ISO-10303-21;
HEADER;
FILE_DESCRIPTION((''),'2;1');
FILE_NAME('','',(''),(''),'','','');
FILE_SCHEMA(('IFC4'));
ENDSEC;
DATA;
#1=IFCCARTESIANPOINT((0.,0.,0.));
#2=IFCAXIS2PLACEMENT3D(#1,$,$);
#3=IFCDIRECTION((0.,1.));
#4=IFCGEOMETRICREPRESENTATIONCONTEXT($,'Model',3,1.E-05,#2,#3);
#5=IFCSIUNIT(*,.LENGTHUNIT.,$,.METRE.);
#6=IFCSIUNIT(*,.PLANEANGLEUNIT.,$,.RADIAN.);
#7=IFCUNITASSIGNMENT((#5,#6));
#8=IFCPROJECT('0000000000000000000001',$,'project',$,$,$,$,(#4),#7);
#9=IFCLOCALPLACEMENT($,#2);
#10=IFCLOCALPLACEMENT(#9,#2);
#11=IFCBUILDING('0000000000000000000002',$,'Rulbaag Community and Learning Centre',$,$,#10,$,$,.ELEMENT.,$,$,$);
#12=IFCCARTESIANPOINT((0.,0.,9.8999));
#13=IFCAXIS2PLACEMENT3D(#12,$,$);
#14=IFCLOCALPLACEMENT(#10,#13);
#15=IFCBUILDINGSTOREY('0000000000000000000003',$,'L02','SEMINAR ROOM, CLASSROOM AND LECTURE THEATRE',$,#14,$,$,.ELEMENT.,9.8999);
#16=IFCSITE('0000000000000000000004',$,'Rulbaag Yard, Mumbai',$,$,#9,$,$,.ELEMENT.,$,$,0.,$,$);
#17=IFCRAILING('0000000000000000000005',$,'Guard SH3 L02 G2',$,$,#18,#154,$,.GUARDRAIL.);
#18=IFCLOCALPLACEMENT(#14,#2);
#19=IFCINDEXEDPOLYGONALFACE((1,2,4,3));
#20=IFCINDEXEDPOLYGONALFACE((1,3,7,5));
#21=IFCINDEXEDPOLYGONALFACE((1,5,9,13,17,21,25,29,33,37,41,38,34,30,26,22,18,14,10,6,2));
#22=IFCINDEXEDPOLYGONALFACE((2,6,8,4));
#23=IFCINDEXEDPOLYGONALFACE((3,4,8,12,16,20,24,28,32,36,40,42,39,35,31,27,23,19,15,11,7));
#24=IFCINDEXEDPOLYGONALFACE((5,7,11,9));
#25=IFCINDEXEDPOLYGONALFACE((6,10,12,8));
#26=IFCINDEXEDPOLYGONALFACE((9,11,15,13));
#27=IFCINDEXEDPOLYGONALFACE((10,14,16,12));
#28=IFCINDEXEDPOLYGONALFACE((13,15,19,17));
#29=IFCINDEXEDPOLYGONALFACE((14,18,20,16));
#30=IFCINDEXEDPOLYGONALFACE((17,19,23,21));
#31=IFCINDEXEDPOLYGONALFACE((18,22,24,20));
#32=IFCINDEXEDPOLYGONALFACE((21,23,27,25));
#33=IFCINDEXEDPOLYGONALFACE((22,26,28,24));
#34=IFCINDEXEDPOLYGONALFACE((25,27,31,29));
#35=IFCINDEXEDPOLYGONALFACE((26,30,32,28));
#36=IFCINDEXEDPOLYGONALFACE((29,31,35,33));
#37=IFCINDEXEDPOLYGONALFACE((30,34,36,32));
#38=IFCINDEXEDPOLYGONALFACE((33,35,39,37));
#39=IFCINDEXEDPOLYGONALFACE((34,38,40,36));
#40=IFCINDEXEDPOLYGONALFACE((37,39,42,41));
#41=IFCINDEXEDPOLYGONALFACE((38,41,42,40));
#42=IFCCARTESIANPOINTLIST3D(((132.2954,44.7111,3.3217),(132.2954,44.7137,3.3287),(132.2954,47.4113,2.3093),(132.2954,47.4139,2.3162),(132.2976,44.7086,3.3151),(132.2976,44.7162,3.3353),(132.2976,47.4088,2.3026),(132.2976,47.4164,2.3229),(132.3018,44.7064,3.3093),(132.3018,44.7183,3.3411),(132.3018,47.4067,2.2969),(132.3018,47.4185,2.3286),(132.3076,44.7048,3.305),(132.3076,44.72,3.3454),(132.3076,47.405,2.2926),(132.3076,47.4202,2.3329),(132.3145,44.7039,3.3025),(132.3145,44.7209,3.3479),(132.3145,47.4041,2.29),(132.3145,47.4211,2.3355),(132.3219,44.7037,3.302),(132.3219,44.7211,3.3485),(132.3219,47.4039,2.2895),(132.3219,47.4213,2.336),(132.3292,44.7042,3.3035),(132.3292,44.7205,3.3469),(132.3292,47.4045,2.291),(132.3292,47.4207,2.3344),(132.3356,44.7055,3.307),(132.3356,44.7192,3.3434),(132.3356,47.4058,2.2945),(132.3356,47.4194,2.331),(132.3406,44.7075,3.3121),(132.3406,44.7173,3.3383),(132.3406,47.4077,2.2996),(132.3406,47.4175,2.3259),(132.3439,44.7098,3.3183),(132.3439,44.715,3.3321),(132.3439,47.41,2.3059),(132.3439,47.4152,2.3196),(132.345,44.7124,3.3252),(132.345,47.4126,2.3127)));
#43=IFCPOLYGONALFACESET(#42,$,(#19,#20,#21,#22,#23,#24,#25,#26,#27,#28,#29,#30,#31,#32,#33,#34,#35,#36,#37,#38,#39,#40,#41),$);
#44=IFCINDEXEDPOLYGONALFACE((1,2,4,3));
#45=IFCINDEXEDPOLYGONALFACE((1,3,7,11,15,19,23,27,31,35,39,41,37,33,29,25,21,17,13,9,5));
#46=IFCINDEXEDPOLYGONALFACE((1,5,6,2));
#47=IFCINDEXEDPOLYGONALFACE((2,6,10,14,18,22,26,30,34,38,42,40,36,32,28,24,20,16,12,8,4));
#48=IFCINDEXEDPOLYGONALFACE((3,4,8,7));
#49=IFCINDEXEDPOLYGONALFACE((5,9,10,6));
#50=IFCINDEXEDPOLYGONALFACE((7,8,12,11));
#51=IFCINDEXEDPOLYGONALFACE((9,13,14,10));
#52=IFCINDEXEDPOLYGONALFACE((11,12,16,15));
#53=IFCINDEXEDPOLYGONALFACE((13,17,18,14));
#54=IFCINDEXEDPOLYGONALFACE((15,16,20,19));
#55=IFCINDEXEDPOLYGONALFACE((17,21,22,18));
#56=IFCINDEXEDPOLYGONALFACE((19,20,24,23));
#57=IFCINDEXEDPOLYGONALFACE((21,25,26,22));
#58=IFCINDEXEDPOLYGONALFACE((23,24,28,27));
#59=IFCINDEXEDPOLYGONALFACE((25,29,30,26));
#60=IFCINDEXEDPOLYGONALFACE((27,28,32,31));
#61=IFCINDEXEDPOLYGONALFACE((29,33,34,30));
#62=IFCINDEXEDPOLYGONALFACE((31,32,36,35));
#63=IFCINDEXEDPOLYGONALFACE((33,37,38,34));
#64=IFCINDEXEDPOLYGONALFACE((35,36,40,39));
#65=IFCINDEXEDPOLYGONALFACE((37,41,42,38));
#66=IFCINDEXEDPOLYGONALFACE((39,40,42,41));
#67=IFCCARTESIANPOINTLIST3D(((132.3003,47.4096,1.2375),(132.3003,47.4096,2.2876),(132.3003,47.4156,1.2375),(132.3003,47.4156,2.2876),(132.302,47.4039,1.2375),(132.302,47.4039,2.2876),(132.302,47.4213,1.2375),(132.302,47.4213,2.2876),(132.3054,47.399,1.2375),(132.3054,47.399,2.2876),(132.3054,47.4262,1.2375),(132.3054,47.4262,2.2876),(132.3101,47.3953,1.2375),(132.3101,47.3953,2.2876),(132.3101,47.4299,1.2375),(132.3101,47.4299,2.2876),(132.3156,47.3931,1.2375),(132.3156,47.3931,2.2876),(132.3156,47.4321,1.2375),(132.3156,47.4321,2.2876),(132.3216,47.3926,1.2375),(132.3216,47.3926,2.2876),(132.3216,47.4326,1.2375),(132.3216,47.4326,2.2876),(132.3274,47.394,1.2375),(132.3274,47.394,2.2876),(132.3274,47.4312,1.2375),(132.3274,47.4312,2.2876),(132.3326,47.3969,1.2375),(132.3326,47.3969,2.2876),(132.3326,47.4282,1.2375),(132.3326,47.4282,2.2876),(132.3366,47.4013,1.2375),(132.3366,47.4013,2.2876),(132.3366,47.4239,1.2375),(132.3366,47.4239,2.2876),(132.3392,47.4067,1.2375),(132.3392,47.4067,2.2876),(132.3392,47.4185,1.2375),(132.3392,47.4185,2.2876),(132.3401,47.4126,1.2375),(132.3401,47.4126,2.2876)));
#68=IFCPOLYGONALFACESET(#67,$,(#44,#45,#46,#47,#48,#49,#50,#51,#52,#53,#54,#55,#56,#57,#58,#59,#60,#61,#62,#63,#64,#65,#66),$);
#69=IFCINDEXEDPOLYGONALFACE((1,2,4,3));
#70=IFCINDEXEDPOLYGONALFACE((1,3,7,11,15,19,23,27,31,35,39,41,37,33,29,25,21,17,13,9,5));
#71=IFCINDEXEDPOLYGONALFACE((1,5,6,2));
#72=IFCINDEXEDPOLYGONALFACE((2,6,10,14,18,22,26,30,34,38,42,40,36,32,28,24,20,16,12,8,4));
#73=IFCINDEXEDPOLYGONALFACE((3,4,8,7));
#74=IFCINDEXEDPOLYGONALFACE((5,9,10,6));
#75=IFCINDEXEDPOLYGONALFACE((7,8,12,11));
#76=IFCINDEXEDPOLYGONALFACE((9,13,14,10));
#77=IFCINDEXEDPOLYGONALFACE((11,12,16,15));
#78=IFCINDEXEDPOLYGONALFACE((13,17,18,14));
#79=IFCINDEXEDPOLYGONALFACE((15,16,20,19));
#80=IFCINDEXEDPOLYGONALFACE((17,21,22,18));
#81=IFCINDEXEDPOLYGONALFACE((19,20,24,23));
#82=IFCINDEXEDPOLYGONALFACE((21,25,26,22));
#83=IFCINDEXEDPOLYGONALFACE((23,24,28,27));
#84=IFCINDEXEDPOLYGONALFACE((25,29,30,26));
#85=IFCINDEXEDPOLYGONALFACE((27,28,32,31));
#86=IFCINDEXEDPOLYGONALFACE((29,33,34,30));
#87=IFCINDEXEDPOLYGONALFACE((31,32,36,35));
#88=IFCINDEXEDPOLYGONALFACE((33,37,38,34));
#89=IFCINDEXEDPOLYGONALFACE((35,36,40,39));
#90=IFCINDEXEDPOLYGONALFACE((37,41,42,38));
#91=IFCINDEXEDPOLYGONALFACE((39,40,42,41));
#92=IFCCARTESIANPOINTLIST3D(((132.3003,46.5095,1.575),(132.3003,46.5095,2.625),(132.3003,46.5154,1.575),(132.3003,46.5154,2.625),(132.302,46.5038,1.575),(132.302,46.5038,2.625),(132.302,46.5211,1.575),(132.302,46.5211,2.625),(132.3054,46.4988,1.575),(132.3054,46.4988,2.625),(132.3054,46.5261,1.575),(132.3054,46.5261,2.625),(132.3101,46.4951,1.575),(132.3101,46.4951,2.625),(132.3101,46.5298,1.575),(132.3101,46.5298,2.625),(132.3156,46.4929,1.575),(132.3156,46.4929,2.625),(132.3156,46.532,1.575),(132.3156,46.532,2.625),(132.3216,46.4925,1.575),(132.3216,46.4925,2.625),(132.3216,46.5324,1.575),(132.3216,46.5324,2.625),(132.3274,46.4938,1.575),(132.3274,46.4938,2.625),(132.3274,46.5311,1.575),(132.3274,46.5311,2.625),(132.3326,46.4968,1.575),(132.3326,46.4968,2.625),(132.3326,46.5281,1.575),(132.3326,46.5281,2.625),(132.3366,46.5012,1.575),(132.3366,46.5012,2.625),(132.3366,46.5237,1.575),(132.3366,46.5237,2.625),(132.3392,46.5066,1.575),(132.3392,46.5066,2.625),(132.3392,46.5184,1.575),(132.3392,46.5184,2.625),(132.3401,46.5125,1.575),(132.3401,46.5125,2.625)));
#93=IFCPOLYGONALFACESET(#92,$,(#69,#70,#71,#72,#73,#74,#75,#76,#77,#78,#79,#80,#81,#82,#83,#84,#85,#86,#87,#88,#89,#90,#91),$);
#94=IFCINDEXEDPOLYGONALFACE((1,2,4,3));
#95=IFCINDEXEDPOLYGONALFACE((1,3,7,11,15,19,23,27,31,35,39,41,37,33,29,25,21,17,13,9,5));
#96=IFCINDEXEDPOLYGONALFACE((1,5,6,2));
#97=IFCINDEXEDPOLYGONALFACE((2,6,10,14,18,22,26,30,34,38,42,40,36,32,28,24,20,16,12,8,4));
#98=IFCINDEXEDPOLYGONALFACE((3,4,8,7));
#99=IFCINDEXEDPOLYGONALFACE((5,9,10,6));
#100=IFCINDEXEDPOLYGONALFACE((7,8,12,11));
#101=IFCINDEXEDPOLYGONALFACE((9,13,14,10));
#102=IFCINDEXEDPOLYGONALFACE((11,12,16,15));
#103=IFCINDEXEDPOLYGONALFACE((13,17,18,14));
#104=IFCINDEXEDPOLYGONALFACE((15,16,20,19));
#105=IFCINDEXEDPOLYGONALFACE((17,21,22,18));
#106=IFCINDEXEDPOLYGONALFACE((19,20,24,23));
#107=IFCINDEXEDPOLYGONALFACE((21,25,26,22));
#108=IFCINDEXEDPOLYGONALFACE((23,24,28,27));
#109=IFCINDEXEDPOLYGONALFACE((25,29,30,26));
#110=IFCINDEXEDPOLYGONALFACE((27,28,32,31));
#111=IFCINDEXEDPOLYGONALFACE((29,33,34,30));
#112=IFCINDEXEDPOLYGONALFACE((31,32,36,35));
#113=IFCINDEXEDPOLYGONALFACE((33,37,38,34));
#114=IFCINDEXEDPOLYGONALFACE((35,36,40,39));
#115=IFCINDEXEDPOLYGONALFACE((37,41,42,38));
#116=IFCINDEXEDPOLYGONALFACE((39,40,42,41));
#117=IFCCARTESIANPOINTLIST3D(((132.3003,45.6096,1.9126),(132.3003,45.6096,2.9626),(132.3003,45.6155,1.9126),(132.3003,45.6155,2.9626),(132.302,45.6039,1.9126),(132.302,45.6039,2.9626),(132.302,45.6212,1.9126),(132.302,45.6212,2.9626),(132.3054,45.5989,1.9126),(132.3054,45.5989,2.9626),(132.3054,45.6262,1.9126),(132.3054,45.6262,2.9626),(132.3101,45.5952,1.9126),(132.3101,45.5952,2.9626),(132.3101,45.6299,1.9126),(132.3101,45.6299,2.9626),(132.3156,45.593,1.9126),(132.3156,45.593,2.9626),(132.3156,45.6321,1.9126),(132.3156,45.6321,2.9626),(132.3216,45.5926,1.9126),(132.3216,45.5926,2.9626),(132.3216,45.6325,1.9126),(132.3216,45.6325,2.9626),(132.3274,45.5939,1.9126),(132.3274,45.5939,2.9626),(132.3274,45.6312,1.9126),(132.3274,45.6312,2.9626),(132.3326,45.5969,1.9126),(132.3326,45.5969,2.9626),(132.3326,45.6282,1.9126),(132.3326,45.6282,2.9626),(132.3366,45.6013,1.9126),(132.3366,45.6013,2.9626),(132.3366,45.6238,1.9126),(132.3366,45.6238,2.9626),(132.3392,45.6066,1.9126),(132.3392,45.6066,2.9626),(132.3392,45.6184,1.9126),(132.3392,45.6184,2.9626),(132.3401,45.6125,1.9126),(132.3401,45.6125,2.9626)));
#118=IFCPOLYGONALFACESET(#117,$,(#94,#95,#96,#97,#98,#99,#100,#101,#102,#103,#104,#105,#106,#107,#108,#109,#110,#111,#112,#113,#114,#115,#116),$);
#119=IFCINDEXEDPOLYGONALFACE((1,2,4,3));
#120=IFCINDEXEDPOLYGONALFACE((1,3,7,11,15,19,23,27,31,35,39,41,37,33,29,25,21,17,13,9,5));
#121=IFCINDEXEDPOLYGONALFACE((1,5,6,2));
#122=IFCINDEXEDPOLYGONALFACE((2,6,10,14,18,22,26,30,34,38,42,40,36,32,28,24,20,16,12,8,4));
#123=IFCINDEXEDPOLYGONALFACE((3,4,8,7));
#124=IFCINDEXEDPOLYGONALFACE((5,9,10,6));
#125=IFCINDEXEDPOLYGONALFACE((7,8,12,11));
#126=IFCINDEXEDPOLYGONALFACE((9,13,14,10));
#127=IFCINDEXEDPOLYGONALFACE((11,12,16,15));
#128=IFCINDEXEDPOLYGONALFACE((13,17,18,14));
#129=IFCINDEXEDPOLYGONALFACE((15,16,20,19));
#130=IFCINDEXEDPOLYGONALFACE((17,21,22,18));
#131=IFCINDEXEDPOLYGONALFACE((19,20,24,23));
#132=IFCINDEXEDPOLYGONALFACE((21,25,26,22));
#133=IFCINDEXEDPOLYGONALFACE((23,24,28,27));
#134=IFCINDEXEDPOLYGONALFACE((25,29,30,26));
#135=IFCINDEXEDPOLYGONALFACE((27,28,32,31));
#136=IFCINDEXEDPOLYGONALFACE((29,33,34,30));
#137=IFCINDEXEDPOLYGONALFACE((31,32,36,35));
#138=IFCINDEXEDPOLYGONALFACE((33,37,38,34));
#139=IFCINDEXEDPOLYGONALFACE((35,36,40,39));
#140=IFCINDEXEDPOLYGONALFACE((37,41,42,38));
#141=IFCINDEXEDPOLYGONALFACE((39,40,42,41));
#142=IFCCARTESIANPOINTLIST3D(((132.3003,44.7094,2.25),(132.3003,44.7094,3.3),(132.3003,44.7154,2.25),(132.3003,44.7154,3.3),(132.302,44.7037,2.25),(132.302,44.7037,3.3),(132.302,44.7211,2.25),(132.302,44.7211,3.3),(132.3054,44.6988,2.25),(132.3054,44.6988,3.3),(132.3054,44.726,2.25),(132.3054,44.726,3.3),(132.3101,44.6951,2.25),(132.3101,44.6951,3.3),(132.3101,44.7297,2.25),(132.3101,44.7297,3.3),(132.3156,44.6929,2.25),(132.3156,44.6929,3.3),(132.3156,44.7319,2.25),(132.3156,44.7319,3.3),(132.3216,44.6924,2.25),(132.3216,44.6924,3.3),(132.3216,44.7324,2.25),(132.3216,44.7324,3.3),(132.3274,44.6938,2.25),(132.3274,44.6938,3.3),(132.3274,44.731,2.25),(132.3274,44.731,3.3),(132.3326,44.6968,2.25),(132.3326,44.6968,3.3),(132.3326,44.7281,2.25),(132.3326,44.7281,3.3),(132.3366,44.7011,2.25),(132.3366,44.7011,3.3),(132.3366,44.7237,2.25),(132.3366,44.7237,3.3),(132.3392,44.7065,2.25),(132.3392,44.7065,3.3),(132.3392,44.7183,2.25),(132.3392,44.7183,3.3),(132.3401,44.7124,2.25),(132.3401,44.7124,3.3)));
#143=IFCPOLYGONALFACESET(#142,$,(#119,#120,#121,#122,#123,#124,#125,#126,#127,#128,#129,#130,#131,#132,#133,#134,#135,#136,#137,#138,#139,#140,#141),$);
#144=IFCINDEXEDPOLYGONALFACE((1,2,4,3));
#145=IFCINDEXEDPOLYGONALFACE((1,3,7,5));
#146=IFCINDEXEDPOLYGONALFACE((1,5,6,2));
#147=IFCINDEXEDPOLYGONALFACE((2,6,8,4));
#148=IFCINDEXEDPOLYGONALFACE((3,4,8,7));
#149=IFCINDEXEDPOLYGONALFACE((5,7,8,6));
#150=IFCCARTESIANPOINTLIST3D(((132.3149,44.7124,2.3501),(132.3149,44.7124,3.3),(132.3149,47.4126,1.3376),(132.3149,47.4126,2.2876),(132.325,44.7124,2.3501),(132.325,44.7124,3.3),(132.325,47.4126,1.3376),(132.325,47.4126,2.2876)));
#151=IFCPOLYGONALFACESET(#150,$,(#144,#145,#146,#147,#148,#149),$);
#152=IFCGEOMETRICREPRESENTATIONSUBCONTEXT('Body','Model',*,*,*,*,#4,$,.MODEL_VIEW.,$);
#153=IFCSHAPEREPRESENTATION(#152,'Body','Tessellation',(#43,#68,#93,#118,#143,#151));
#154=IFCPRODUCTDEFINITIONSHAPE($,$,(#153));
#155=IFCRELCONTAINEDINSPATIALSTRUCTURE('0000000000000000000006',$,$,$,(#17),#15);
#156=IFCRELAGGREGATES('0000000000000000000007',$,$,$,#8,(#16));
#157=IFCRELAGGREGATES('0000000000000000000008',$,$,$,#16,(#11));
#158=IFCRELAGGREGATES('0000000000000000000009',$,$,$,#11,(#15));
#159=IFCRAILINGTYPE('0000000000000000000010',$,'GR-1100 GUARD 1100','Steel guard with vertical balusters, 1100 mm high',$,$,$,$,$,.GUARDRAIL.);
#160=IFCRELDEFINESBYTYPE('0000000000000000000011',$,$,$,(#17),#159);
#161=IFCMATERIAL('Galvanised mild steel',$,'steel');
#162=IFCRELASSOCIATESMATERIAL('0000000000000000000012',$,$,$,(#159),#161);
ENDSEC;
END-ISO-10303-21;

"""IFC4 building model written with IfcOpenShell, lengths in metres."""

from ifc_helpers import new_model, si_unit, direction, frame, origin, origin_2d, place, context, subcontext, project, spatial, polyline, circle, outline, extrude, material, type_object, element, save


model = new_model("IFC4")

# Units and contexts
model_context = context("Model", 3, precision=1e-05, world=origin(), true_north=direction((0.0, 1.0)))
body_context = subcontext(model_context, "Body", "Model", "MODEL_VIEW")
ifc_project = project(units=[si_unit("LENGTHUNIT", "METRE"), si_unit("PLANEANGLEUNIT", "RADIAN")], contexts=[model_context])

# Site, building, storey
site_placement = place(None, origin())
site = spatial("IfcSite", under=ifc_project, at=site_placement, Name="Rulbaag Yard, Mumbai", CompositionType="ELEMENT", RefElevation=0.0)
building_placement = place(site_placement, origin())
building = spatial("IfcBuilding", under=site, at=building_placement, Name="Rulbaag Community and Learning Centre", CompositionType="ELEMENT")
storey_placement = place(building_placement, frame((0.0, 0.0, 9.8999)))
storey = spatial("IfcBuildingStorey", under=building, at=storey_placement, Name="L02", Description="SEMINAR ROOM, CLASSROOM AND LECTURE THEATRE", CompositionType="ELEMENT", Elevation=9.8999)

# Railing
ifc_material_1 = material(Name="Galvanised mild steel", Category="steel")
railing_type_1 = type_object("IfcRailingType", Name="GR-1100 GUARD 1100", Description="Steel guard with vertical balusters, 1100 mm high", PredefinedType="GUARDRAIL", material=ifc_material_1)
railing_1_placement = place(storey_placement, frame((132.3201, 47.4126, 1.2375)))
element("IfcRailing", 1, at=railing_1_placement, inside=storey, type_object=railing_type_1, Name="Guard SH3 L02 G2", PredefinedType="GUARDRAIL", context=body_context, shape_type="SweptSolid", body=[
    extrude(circle(Radius=0.0249, at=origin_2d()), frame((0.0, 0.0, 1.0752), z_axis=(0.0, -0.936343, 0.351086), x_axis=(1.0, 0.0, 0.0)), (0.0, 0.0, 1.0), 2.8838),
    extrude(circle(Radius=0.02, at=origin_2d()), origin(), (0.0, 0.0, 1.0), 1.05),
    extrude(circle(Radius=0.02, at=origin_2d()), frame((0.0, -0.9001, 0.3374)), (0.0, 0.0, 1.0), 1.05),
    extrude(circle(Radius=0.02, at=origin_2d()), frame((0.0, -1.8, 0.675)), (0.0, 0.0, 1.0), 1.05),
    extrude(circle(Radius=0.02, at=origin_2d()), frame((0.0, -2.7002, 1.0125)), (0.0, 0.0, 1.0), 1.05),
    extrude(outline(polyline([(0.0, 0.0), (2.7002, 1.0125), (2.7002, 1.9624), (0.0, 0.95), (0.0, 0.0)])), frame((0.0049, 0.0, 0.1001), z_axis=(-1.0, 0.0, 0.0), x_axis=(0.0, -1.0, 0.0)), (0.0, 0.0, 1.0), 0.01),
])

save(model, "model.ifc")
